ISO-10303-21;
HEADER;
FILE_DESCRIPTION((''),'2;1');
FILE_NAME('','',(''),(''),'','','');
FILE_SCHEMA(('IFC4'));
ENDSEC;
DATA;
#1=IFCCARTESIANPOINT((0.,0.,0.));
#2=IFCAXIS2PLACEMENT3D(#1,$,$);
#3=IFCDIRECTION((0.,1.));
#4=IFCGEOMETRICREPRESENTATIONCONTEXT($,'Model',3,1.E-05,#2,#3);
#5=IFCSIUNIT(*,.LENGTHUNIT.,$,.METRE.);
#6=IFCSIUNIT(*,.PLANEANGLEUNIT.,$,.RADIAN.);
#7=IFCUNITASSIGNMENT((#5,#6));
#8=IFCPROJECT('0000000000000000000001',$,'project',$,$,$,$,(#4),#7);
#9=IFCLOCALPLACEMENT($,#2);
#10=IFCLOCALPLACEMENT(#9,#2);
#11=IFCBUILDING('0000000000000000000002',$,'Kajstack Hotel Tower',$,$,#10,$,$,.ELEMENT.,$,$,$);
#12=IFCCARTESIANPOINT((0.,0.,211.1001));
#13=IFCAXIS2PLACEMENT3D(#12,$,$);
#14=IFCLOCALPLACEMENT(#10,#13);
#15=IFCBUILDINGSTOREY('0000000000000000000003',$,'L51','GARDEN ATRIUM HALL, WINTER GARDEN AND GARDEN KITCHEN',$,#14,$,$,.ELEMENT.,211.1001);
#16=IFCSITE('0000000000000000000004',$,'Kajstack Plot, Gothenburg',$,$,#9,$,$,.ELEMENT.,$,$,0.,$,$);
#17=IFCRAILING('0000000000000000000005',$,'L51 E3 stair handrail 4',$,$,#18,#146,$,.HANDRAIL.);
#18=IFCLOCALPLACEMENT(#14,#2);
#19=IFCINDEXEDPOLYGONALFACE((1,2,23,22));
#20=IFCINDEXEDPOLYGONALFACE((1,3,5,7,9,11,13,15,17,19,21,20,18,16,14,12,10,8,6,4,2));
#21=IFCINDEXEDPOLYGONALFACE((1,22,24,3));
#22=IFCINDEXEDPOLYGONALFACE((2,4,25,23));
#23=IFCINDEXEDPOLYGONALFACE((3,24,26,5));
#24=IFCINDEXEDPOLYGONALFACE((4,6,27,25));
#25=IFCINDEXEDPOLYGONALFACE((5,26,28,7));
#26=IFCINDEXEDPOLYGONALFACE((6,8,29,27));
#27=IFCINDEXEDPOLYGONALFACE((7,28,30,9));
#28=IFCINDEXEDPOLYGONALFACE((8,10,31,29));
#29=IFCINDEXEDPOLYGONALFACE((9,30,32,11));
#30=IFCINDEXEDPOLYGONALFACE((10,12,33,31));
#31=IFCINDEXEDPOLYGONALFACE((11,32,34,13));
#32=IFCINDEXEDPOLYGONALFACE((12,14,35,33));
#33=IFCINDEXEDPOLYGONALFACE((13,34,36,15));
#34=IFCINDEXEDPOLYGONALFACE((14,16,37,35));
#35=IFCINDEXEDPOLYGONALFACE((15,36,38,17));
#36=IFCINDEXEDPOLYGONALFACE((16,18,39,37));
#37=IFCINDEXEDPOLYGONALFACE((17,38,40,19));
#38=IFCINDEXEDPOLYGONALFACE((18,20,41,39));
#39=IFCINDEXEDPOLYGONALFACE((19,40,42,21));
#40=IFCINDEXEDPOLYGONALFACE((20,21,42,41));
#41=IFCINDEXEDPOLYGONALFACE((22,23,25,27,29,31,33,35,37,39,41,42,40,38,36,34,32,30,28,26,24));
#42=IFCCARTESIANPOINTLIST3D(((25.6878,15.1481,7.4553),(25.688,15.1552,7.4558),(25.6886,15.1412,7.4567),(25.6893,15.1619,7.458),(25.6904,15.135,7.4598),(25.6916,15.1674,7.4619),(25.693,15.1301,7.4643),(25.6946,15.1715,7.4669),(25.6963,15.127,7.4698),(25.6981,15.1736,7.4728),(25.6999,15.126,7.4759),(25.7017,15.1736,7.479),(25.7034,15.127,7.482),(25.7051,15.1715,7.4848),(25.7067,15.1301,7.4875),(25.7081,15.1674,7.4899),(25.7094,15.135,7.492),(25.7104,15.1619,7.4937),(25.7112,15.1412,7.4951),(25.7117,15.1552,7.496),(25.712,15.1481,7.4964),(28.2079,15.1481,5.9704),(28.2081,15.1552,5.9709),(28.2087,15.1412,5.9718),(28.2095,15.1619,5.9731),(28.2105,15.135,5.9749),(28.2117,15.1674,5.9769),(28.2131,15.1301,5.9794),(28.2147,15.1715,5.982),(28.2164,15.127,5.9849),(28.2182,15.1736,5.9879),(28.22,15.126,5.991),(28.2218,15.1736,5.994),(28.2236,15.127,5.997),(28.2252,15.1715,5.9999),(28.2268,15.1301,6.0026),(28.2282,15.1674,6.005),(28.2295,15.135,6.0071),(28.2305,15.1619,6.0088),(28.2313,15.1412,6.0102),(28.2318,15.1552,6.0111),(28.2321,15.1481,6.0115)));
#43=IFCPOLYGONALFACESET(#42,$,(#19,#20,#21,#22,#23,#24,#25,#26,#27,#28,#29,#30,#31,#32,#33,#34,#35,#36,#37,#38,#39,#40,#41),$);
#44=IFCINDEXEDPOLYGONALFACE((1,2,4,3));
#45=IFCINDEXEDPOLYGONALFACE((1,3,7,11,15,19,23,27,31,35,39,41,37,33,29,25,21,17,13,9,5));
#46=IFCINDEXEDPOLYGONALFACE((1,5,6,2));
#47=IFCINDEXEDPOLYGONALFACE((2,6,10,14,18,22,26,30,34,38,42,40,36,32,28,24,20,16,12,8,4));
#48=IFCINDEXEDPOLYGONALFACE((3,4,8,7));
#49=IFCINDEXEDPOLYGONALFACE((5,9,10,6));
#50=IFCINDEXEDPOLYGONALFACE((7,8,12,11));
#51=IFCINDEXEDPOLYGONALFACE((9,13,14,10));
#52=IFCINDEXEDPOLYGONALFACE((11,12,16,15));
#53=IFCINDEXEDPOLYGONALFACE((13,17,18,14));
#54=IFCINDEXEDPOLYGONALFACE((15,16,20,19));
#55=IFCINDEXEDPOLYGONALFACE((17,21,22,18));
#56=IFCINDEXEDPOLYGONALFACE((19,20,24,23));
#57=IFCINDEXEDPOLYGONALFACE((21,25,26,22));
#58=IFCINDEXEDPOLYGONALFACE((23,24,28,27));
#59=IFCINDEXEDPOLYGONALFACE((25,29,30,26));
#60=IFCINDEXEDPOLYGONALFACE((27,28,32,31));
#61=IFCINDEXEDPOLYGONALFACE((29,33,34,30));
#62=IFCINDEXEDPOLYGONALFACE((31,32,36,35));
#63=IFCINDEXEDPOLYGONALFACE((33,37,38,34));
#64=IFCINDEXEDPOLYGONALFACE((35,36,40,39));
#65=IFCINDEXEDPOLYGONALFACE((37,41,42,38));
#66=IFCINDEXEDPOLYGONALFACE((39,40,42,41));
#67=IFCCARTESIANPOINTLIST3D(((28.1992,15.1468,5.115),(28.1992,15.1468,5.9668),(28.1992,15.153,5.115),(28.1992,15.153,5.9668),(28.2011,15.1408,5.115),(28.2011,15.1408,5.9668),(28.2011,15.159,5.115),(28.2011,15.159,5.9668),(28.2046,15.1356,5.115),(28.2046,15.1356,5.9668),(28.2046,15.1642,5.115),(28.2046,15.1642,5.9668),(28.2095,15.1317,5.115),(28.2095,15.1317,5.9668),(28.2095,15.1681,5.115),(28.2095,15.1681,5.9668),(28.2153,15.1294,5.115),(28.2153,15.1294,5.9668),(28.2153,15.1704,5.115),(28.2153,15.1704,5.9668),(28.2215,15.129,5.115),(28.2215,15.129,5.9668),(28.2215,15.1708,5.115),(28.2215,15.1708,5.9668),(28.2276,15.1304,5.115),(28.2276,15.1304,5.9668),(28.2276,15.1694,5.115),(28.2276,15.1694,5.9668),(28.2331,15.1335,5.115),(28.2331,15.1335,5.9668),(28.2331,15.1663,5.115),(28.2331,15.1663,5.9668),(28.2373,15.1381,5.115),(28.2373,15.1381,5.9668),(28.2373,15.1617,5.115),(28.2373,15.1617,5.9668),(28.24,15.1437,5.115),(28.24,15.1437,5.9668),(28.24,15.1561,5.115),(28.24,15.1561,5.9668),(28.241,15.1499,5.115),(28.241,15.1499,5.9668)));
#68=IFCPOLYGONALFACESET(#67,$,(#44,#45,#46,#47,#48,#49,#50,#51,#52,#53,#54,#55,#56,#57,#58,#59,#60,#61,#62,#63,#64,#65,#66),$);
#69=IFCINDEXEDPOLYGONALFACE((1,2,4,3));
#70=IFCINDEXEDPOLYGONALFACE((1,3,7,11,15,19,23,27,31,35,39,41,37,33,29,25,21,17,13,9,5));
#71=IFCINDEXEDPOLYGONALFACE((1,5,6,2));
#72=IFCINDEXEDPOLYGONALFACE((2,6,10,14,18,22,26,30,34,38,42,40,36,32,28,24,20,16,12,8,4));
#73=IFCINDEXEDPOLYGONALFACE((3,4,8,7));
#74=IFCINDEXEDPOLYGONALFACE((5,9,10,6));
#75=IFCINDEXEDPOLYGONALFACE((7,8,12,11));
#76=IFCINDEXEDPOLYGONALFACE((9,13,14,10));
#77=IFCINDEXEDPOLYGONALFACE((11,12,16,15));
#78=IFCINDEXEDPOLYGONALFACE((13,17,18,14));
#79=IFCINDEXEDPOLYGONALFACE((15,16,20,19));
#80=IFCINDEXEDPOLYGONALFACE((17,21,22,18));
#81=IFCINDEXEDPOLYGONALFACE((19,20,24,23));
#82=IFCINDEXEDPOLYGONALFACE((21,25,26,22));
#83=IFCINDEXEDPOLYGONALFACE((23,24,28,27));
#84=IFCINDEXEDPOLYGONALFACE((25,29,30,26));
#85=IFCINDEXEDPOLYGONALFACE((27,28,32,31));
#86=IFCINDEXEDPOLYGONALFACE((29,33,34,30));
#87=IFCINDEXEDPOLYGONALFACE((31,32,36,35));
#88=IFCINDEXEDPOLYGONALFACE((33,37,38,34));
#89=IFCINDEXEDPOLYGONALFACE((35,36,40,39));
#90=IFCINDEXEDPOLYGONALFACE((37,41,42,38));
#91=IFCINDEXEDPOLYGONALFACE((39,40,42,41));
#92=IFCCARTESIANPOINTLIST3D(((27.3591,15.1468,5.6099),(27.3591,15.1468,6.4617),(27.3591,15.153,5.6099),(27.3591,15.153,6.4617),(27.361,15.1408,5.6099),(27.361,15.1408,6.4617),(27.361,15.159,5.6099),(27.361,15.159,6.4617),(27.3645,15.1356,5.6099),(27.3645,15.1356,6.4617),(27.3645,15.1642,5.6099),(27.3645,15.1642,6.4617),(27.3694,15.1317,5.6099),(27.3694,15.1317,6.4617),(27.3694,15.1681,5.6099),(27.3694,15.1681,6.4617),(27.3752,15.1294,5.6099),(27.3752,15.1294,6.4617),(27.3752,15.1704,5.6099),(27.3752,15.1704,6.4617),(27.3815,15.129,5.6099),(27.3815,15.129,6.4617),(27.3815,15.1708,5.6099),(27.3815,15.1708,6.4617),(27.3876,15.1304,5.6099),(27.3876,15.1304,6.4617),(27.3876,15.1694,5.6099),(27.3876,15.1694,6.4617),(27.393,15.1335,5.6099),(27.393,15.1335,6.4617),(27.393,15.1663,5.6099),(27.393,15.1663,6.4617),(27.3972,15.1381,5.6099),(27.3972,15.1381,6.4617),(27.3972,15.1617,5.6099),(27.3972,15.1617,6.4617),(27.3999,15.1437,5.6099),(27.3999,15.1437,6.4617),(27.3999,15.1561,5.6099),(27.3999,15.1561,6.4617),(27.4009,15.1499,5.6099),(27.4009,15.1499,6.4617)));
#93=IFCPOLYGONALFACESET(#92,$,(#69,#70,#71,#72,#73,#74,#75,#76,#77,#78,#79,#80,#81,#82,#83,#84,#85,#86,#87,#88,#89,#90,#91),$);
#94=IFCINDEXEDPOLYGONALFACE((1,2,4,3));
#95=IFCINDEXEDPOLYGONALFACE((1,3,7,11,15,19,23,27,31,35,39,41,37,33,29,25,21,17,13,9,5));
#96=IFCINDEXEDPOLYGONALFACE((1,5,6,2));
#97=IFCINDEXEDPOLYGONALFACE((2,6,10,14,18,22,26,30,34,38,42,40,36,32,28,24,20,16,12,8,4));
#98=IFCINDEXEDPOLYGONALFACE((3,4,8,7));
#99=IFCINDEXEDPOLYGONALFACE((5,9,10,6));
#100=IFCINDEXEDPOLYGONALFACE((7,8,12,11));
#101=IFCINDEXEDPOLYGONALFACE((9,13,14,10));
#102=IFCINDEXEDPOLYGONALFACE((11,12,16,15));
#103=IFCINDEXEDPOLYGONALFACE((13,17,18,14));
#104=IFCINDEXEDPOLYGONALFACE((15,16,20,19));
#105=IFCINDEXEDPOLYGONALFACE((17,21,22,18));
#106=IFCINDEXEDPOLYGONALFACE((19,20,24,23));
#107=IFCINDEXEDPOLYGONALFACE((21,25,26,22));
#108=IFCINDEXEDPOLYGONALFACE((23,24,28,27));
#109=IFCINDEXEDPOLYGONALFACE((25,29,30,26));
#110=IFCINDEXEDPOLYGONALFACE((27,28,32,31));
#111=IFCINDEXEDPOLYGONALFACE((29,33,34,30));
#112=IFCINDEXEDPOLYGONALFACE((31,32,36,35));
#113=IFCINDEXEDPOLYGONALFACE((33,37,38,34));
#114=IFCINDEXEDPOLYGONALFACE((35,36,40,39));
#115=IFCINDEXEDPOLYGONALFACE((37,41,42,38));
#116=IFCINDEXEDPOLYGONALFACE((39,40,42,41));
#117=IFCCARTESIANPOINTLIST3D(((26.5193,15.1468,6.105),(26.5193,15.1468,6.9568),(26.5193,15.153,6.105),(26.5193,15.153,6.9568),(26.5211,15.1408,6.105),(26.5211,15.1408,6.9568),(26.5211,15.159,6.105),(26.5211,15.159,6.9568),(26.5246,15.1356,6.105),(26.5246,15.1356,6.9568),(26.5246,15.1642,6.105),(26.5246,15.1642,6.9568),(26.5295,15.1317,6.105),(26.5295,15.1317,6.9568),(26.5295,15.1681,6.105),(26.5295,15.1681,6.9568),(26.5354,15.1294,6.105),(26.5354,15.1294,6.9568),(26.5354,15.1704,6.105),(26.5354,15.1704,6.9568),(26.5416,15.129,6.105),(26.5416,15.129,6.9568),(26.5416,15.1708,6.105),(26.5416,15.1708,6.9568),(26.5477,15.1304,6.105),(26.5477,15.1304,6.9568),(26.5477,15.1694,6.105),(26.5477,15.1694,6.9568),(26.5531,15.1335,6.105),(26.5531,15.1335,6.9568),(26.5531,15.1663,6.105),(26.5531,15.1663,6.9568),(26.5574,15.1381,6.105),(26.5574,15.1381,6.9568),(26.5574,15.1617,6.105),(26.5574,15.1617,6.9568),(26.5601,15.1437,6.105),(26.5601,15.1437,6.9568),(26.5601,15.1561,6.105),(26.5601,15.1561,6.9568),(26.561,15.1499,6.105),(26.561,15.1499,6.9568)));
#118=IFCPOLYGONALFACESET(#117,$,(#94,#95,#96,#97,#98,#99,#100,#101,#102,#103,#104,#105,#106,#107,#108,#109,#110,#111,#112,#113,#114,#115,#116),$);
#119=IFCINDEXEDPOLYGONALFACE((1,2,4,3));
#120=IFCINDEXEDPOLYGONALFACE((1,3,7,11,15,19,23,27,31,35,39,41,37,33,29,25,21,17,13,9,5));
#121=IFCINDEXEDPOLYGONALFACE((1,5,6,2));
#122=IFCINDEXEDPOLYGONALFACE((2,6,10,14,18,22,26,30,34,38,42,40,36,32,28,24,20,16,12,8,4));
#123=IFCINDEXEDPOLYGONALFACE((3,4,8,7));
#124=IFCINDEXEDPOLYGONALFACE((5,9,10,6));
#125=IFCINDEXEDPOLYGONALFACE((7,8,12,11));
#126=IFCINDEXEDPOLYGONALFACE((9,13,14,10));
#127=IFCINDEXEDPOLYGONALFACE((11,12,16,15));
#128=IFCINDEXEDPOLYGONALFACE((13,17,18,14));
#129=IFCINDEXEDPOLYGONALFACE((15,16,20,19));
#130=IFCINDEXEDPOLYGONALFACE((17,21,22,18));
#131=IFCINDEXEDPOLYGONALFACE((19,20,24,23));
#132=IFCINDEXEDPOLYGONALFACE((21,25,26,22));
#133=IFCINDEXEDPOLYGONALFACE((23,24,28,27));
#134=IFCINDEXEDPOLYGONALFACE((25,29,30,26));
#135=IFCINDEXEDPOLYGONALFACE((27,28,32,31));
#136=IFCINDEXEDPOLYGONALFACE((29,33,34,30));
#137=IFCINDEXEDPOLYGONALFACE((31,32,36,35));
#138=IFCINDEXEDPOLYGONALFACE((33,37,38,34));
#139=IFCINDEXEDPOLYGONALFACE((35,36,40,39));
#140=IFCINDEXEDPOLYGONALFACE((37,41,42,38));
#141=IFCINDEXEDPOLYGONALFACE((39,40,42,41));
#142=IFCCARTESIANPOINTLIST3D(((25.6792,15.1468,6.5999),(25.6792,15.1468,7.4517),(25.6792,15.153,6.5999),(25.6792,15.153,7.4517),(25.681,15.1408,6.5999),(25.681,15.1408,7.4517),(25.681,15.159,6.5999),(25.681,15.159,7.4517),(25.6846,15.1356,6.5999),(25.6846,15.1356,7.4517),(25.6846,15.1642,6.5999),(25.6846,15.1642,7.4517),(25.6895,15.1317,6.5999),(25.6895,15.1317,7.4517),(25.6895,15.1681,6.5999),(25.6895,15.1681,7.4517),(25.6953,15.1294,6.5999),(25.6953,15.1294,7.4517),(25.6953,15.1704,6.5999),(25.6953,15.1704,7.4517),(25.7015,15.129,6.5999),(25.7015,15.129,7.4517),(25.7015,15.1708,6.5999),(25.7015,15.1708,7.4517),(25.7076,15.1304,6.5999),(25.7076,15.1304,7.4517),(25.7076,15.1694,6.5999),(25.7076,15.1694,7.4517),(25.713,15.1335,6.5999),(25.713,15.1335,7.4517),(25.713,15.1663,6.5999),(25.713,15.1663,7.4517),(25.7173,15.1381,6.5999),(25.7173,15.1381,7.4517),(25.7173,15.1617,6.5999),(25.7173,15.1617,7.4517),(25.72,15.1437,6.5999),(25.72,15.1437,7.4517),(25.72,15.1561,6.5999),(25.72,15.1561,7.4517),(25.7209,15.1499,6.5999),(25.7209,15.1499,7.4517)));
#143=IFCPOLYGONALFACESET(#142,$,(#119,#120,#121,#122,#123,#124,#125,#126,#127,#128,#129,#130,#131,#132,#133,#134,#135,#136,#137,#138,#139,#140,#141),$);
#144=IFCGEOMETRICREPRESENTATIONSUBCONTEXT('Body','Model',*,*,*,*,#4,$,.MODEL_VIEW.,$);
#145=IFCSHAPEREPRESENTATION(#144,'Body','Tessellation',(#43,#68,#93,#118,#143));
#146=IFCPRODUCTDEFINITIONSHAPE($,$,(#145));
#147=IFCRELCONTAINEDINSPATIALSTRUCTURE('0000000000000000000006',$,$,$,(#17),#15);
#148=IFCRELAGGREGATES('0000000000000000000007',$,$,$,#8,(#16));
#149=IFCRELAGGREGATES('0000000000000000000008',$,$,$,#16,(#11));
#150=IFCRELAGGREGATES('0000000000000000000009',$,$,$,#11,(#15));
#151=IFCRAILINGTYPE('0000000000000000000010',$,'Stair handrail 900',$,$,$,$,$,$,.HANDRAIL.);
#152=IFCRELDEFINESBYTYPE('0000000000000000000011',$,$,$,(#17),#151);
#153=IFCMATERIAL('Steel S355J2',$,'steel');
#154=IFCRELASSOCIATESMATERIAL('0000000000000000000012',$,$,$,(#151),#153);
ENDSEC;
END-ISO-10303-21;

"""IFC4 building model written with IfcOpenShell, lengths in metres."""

from ifc_helpers import new_model, si_unit, direction, frame, origin, origin_2d, place, context, subcontext, project, spatial, circle, extrude, material, type_object, element, save


model = new_model("IFC4")

# Units and contexts
model_context = context("Model", 3, precision=1e-05, world=origin(), true_north=direction((0.0, 1.0)))
body_context = subcontext(model_context, "Body", "Model", "MODEL_VIEW")
ifc_project = project(units=[si_unit("LENGTHUNIT", "METRE"), si_unit("PLANEANGLEUNIT", "RADIAN")], contexts=[model_context])

# Site, building, storey
site_placement = place(None, origin())
site = spatial("IfcSite", under=ifc_project, at=site_placement, Name="Kajstack Plot, Gothenburg", CompositionType="ELEMENT", RefElevation=0.0)
building_placement = place(site_placement, origin())
building = spatial("IfcBuilding", under=site, at=building_placement, Name="Kajstack Hotel Tower", CompositionType="ELEMENT")
storey_placement = place(building_placement, frame((0.0, 0.0, 211.1001)))
storey = spatial("IfcBuildingStorey", under=building, at=storey_placement, Name="L51", Description="GARDEN ATRIUM HALL, WINTER GARDEN AND GARDEN KITCHEN", CompositionType="ELEMENT", Elevation=211.1001)

# Railing
ifc_material_1 = material(Name="Steel S355J2", Category="steel")
railing_type_1 = type_object("IfcRailingType", Name="Stair handrail 900", PredefinedType="HANDRAIL", material=ifc_material_1)
railing_1_placement = place(storey_placement, frame((28.22, 15.1499, 5.115)))
element("IfcRailing", 1, at=railing_1_placement, inside=storey, type_object=railing_type_1, Name="L51 E3 stair handrail 4", PredefinedType="HANDRAIL", context=body_context, shape_type="SweptSolid", body=[
    extrude(circle(Radius=0.0239, at=origin_2d()), frame((0.0, 0.0, 0.876), z_axis=(-0.861561, 0.0, 0.507655), x_axis=(0.0, -1.0, 0.0)), (0.0, 0.0, 1.0), 2.925),
    extrude(circle(Radius=0.021, at=origin_2d()), origin(), (0.0, 0.0, 1.0), 0.8518),
    extrude(circle(Radius=0.021, at=origin_2d()), frame((-0.8401, 0.0, 0.4949)), (0.0, 0.0, 1.0), 0.8518),
    extrude(circle(Radius=0.021, at=origin_2d()), frame((-1.6799, 0.0, 0.99)), (0.0, 0.0, 1.0), 0.8518),
    extrude(circle(Radius=0.021, at=origin_2d()), frame((-2.52, 0.0, 1.4849)), (0.0, 0.0, 1.0), 0.8518),
])

save(model, "model.ifc")
